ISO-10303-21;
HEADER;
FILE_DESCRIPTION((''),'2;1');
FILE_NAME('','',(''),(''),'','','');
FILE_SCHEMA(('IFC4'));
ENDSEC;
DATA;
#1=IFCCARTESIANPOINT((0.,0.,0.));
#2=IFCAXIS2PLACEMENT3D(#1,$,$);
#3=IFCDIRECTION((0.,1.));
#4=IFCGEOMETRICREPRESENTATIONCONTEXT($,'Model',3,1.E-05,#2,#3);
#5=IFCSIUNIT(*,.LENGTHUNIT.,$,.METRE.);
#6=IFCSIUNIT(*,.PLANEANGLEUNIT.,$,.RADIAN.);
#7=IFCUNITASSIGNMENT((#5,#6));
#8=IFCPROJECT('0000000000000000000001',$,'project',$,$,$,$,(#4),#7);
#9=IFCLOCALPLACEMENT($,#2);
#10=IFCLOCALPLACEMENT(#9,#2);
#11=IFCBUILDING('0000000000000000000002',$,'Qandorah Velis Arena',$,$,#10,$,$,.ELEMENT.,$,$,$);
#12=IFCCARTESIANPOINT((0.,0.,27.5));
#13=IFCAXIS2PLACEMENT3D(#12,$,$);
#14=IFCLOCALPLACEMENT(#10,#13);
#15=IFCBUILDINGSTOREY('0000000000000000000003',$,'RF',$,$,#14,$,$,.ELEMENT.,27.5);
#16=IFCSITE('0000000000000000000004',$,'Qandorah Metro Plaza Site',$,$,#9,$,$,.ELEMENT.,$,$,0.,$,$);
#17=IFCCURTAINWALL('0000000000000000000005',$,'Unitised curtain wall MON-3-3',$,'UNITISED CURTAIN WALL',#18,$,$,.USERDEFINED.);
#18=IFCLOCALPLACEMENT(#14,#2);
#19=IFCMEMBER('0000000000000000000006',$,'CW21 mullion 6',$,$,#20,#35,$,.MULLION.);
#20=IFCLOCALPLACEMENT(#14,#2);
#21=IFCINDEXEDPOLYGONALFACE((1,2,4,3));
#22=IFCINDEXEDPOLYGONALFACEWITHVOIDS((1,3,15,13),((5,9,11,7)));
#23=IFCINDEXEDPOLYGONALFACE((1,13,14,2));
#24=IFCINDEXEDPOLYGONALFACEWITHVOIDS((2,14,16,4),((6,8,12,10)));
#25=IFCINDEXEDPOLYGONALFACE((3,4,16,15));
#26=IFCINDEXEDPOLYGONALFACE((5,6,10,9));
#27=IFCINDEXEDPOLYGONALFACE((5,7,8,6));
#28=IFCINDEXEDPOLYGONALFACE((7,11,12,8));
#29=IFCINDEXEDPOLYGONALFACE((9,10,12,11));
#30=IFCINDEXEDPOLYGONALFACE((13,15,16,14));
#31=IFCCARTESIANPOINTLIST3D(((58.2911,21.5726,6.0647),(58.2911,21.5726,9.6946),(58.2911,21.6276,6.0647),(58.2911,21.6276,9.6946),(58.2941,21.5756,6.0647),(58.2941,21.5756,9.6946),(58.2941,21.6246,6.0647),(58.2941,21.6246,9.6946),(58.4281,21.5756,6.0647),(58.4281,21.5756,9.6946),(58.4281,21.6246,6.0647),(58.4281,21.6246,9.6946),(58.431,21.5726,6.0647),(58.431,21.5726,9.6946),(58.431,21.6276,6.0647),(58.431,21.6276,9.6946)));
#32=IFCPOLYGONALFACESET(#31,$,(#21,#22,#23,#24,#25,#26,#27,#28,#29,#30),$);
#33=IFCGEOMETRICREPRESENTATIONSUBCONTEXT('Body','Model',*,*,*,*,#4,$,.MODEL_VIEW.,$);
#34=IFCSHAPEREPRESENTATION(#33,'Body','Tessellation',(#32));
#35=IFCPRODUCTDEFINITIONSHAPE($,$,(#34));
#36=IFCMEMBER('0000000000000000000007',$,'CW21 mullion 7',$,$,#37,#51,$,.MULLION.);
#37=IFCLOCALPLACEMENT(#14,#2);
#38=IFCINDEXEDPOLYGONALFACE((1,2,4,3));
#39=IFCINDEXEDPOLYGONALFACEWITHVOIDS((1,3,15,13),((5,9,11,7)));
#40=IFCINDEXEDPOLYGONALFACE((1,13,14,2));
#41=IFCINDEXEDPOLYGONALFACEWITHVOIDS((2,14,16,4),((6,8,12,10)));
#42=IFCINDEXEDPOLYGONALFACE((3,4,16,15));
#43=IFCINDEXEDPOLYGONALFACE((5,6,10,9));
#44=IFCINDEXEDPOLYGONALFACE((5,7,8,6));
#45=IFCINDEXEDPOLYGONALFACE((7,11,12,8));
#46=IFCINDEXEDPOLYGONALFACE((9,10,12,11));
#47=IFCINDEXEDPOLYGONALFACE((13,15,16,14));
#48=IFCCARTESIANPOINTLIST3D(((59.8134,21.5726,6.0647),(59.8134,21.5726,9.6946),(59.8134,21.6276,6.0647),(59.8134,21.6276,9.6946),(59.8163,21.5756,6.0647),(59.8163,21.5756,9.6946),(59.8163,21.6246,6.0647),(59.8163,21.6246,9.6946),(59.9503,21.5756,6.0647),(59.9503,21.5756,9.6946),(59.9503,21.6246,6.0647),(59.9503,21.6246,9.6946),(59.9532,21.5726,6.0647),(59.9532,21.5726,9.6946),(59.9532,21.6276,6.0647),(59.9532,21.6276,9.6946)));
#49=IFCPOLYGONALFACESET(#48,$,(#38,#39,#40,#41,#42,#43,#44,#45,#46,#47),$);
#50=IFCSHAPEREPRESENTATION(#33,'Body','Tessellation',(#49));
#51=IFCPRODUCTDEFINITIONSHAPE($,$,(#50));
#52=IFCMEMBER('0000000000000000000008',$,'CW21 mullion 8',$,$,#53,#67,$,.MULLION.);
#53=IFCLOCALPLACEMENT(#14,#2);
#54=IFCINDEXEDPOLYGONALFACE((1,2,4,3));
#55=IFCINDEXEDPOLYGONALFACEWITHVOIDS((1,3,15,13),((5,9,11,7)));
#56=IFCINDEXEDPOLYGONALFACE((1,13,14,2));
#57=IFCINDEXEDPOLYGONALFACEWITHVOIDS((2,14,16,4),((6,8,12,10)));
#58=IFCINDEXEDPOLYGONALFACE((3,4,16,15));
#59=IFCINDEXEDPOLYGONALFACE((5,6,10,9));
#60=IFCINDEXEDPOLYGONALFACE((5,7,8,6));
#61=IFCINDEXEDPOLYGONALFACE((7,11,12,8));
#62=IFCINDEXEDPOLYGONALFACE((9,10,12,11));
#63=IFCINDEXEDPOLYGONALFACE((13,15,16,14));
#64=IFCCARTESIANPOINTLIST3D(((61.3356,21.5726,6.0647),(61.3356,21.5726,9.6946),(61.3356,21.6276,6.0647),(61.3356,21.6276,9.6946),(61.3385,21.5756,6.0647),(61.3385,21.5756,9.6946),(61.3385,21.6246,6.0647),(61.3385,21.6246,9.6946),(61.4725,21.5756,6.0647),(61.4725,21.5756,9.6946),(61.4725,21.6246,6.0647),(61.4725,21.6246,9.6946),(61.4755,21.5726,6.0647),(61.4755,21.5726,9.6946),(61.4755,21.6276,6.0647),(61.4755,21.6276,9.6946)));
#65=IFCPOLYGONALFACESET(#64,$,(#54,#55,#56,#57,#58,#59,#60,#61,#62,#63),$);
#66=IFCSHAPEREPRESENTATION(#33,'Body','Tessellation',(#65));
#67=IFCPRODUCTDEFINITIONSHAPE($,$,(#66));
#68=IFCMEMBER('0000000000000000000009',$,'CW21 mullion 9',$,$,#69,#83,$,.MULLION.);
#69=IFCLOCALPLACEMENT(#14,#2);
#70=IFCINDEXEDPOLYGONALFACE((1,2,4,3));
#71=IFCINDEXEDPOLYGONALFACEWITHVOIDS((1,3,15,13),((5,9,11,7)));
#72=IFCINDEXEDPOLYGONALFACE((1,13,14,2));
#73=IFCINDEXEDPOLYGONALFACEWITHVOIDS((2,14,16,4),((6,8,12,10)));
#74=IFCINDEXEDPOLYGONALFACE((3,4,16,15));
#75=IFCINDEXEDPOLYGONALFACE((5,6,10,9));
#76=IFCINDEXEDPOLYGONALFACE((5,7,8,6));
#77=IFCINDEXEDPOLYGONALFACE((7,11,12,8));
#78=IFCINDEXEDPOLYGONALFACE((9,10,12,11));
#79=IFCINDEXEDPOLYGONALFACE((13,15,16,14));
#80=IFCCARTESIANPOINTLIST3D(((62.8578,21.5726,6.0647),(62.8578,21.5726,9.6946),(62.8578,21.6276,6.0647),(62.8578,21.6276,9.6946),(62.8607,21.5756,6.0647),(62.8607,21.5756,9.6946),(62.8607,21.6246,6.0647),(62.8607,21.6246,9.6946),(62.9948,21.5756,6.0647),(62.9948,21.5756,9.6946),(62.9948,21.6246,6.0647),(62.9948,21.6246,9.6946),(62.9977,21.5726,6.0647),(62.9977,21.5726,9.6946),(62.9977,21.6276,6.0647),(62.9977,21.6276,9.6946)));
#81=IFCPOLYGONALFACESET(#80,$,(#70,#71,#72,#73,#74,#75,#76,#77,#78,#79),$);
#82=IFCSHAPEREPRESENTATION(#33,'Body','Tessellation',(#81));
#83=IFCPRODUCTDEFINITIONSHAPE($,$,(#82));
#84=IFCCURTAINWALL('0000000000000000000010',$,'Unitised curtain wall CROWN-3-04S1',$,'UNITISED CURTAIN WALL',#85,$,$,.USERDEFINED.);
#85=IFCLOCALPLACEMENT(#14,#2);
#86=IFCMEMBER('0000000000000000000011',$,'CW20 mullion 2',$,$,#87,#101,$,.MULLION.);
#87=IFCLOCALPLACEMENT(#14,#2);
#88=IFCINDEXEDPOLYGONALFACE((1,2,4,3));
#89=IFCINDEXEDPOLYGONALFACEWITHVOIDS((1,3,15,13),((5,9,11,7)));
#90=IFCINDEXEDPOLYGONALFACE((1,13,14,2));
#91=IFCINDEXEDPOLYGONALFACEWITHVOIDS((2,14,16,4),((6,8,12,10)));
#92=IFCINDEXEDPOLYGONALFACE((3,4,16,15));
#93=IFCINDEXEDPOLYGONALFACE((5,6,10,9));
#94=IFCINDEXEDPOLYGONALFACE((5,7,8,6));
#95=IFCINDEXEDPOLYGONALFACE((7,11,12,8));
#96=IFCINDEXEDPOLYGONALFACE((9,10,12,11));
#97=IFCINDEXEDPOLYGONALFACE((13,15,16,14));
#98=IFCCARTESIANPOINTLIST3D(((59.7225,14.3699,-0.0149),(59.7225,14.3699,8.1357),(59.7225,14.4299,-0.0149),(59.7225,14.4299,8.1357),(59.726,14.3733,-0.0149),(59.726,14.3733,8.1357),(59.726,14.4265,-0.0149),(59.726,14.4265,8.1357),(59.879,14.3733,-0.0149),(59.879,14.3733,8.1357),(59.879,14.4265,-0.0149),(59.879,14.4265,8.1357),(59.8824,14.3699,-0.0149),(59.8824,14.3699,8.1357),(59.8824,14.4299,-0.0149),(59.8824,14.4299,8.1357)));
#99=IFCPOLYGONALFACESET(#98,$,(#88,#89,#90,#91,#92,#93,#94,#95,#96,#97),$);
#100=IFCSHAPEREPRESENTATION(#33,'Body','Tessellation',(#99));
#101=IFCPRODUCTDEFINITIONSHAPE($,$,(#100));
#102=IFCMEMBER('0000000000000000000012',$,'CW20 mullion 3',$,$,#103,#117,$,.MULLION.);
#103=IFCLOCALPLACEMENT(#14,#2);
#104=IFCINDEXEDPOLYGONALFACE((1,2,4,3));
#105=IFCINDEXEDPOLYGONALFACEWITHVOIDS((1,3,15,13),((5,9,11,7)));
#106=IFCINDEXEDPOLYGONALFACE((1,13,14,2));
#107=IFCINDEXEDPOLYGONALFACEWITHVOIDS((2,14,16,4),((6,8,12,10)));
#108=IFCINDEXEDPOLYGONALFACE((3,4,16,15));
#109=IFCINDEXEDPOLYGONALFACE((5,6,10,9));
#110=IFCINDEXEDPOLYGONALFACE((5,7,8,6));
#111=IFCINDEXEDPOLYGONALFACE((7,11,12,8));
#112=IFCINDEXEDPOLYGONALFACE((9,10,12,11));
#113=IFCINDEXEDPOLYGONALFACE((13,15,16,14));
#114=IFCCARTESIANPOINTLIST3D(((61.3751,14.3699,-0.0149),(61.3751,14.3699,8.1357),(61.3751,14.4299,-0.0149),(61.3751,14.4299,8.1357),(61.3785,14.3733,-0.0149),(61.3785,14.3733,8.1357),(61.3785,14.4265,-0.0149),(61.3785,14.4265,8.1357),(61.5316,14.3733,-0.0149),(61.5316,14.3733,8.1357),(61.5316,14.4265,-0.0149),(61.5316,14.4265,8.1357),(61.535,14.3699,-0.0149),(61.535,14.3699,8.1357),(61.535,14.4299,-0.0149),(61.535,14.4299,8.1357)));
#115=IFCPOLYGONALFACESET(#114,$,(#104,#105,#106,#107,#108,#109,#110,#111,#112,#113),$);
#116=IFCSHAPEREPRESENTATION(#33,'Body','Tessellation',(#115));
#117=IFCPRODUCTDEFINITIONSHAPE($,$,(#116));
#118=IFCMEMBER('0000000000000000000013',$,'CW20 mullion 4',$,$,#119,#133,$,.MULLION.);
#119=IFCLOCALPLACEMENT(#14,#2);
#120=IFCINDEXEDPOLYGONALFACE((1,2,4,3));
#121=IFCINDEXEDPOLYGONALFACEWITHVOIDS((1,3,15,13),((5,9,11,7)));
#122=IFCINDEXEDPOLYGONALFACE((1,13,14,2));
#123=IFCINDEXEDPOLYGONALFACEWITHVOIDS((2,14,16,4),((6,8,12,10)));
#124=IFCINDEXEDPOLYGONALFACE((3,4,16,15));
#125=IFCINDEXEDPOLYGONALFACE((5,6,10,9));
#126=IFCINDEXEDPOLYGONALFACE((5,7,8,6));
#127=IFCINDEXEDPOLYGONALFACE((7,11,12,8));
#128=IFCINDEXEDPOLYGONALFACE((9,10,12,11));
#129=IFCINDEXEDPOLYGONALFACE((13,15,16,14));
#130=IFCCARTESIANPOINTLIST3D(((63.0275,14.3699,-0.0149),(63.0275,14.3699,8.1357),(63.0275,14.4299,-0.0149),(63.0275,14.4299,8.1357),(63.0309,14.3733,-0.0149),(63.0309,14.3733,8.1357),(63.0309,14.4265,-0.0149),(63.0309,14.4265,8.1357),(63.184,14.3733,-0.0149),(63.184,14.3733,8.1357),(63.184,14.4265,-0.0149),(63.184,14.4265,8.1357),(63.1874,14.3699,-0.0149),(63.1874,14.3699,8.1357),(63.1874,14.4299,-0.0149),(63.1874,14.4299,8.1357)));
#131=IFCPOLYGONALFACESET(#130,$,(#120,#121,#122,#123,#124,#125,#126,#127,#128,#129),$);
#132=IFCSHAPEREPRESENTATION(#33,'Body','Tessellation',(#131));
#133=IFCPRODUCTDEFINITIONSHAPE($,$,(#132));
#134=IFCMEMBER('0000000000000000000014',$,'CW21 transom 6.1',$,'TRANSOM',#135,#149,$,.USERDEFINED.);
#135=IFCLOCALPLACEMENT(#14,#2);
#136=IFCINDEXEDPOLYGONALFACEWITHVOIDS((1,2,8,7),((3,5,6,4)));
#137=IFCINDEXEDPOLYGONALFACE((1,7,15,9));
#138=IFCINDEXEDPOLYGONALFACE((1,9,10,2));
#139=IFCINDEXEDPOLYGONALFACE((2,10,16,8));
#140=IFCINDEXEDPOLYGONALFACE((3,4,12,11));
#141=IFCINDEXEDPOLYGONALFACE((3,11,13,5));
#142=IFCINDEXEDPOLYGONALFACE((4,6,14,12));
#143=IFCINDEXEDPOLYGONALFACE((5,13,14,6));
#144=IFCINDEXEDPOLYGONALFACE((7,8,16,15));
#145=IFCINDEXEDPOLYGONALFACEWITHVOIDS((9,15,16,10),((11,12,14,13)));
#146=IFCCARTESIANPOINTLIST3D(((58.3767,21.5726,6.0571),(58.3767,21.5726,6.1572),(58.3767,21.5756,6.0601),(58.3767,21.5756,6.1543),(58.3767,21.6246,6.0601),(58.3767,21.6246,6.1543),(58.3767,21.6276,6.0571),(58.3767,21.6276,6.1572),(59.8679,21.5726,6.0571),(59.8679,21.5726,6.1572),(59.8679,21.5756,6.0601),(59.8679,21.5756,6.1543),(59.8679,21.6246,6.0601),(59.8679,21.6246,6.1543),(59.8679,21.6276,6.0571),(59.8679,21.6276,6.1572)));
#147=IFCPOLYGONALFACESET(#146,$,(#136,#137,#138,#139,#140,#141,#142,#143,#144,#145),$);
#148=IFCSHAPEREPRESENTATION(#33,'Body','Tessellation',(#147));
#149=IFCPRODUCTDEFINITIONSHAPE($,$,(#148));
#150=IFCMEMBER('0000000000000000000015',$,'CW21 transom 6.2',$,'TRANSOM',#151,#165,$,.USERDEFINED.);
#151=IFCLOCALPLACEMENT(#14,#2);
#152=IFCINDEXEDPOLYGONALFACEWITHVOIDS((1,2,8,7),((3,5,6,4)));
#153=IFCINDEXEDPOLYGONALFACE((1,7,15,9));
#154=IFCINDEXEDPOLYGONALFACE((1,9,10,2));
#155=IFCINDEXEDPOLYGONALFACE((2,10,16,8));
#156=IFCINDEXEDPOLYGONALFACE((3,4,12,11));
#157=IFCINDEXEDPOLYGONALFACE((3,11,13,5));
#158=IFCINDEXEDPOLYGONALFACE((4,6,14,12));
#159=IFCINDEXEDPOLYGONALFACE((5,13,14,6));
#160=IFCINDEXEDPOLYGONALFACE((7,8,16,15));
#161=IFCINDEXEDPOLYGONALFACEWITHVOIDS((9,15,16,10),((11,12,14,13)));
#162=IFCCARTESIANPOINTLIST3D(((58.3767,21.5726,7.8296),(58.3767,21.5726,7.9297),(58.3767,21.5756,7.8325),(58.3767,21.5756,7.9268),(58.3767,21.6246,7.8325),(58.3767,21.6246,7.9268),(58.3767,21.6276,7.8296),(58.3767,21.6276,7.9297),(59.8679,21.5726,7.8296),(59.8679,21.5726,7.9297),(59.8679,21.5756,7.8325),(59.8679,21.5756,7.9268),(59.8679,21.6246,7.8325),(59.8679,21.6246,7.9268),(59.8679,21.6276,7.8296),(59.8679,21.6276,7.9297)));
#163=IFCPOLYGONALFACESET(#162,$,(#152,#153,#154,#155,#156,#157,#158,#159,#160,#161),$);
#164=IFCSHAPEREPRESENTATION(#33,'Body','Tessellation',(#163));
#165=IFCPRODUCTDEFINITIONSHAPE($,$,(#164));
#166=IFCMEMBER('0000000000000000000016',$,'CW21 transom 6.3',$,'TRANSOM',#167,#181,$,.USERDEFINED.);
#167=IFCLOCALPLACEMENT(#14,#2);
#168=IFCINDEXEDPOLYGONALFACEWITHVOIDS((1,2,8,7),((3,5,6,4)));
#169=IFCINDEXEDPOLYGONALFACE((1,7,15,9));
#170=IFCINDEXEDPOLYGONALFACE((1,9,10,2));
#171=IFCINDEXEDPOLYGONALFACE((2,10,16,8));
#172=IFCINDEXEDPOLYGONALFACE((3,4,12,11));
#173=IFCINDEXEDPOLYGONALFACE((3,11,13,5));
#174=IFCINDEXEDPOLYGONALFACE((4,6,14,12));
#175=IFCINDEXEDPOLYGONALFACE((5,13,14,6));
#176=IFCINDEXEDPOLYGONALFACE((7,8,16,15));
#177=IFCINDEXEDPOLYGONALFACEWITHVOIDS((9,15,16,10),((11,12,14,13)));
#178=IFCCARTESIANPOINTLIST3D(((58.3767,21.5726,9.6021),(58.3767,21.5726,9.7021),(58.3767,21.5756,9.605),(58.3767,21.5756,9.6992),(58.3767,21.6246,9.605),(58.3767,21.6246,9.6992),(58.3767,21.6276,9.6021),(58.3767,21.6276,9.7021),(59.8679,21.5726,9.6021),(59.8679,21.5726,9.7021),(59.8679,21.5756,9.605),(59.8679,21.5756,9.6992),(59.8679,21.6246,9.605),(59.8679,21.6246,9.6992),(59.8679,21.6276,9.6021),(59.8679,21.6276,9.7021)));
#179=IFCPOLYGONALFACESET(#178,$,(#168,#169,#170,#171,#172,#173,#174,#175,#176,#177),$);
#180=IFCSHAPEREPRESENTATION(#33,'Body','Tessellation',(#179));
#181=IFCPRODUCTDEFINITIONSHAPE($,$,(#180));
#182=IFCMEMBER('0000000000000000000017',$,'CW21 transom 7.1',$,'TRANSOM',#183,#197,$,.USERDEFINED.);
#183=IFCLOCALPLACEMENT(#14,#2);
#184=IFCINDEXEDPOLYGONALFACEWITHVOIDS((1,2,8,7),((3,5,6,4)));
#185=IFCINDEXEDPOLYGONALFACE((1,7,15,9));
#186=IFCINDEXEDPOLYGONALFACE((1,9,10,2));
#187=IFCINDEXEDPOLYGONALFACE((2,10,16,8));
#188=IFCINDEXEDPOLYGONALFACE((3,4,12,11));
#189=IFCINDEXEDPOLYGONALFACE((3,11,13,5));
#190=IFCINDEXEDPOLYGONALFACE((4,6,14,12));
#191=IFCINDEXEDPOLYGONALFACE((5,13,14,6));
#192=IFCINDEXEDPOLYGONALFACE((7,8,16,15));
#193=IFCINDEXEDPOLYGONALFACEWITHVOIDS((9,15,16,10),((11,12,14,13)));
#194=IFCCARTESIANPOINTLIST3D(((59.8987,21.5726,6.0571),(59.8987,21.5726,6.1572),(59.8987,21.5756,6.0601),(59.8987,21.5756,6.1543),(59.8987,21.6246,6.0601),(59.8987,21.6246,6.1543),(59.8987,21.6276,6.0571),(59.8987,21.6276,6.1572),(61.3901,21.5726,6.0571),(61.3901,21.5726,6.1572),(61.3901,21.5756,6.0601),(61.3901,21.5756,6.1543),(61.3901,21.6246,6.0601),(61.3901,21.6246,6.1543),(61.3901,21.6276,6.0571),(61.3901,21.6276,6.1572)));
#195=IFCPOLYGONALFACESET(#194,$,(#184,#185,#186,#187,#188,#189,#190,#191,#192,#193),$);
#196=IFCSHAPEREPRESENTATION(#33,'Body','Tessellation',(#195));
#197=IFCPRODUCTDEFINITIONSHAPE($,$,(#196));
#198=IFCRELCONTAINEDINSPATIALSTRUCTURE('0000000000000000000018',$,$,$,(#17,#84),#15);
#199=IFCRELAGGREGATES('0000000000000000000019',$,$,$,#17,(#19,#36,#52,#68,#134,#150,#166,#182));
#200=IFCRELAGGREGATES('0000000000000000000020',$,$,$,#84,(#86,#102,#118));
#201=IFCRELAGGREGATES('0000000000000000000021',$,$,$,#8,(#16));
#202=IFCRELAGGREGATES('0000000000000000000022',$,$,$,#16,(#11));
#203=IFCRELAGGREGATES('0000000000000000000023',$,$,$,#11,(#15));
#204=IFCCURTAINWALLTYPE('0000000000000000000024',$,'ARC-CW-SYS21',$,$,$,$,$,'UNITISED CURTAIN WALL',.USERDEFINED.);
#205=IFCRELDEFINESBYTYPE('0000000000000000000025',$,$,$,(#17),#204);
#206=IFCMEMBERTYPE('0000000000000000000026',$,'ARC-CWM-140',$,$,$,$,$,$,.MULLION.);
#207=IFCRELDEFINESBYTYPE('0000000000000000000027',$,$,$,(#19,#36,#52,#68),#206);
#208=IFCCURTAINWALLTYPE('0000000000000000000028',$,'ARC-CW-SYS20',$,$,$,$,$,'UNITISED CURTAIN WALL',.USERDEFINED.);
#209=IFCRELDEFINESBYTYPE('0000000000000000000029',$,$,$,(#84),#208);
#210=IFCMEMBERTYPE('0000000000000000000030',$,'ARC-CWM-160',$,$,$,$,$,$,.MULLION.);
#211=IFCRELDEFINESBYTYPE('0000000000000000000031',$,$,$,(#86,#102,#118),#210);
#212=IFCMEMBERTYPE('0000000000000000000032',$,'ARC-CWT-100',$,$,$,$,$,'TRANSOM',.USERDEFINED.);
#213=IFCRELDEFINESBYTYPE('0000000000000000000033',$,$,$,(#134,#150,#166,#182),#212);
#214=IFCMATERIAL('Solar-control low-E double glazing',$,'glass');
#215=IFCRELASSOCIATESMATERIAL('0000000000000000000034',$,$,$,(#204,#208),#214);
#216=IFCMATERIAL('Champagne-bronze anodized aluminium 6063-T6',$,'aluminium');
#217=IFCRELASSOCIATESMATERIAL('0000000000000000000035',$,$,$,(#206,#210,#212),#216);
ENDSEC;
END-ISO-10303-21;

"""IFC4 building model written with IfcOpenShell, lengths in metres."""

from ifc_helpers import new_model, si_unit, direction, frame, origin, origin_2d, place, context, subcontext, project, spatial, hollow_rectangle, extrude, material, material_profile, profile_set, type_object, element, aggregate, save


model = new_model("IFC4")

# Units and contexts
model_context = context("Model", 3, precision=1e-05, world=origin(), true_north=direction((0.0, 1.0)))
body_context = subcontext(model_context, "Body", "Model", "MODEL_VIEW")
ifc_project = project(units=[si_unit("LENGTHUNIT", "METRE"), si_unit("PLANEANGLEUNIT", "RADIAN")], contexts=[model_context])

# Site, building, storey
site_placement = place(None, origin())
site = spatial("IfcSite", under=ifc_project, at=site_placement, Name="Qandorah Metro Plaza Site", CompositionType="ELEMENT", RefElevation=0.0)
building_placement = place(site_placement, origin())
building = spatial("IfcBuilding", under=site, at=building_placement, Name="Qandorah Velis Arena", CompositionType="ELEMENT")
storey_placement = place(building_placement, frame((0.0, 0.0, 27.5)))
storey = spatial("IfcBuildingStorey", under=building, at=storey_placement, Name="RF", CompositionType="ELEMENT", Elevation=27.5)

# Curtain walls, members
ifc_material_1 = material(Name="Solar-control low-E double glazing", Category="glass")
curtain_wall_type_1 = type_object("IfcCurtainWallType", Name="ARC-CW-SYS21", ElementType="UNITISED CURTAIN WALL", PredefinedType="USERDEFINED", material=ifc_material_1)
curtain_wall_1_placement = place(storey_placement, origin())
curtain_wall_1 = element("IfcCurtainWall", 1, at=curtain_wall_1_placement, inside=storey, type_object=curtain_wall_type_1, Name="Unitised curtain wall MON-3-3", ObjectType="UNITISED CURTAIN WALL", PredefinedType="USERDEFINED")
ifc_material_2 = material(Name="Champagne-bronze anodized aluminium 6063-T6", Category="aluminium")
ifc_material_profile_1 = material_profile(ifc_material_2, hollow_rectangle(XDim=0.0549, YDim=0.1399, WallThickness=0.0029, at=origin_2d()), Name="ALU MULLION 55x140")
ifc_profile_set_1 = profile_set([ifc_material_profile_1], Name="Champagne-bronze anodized aluminium 6063-T6")
member_type_1 = type_object("IfcMemberType", Name="ARC-CWM-140", PredefinedType="MULLION", material=ifc_profile_set_1)
member_1_placement = place(storey_placement, frame((58.3611, 21.6001, 6.0647), z_axis=(0.0, 0.0, 1.0), x_axis=(0.0, 1.0, 0.0)))
member_1 = element("IfcMember", 2, at=member_1_placement, type_object=member_type_1, Name="CW21 mullion 6", PredefinedType="MULLION", context=body_context, shape_type="SweptSolid", body=[
    extrude(hollow_rectangle(XDim=0.0549, YDim=0.1399, WallThickness=0.0029, at=origin_2d()), origin(), (0.0, 0.0, 1.0), 3.6299),
])
member_2_placement = place(storey_placement, frame((59.8833, 21.6001, 6.0647), z_axis=(0.0, 0.0, 1.0), x_axis=(0.0, 1.0, 0.0)))
member_2 = element("IfcMember", 3, at=member_2_placement, type_object=member_type_1, Name="CW21 mullion 7", PredefinedType="MULLION", context=body_context, shape_type="SweptSolid", body=[
    extrude(hollow_rectangle(XDim=0.0549, YDim=0.1399, WallThickness=0.0029, at=origin_2d()), origin(), (0.0, 0.0, 1.0), 3.6299),
])
member_3_placement = place(storey_placement, frame((61.4055, 21.6001, 6.0647), z_axis=(0.0, 0.0, 1.0), x_axis=(0.0, 1.0, 0.0)))
member_3 = element("IfcMember", 4, at=member_3_placement, type_object=member_type_1, Name="CW21 mullion 8", PredefinedType="MULLION", context=body_context, shape_type="SweptSolid", body=[
    extrude(hollow_rectangle(XDim=0.0549, YDim=0.1399, WallThickness=0.0029, at=origin_2d()), origin(), (0.0, 0.0, 1.0), 3.6299),
])
member_4_placement = place(storey_placement, frame((62.9277, 21.6001, 6.0647), z_axis=(0.0, 0.0, 1.0), x_axis=(0.0, 1.0, 0.0)))
member_4 = element("IfcMember", 5, at=member_4_placement, type_object=member_type_1, Name="CW21 mullion 9", PredefinedType="MULLION", context=body_context, shape_type="SweptSolid", body=[
    extrude(hollow_rectangle(XDim=0.0549, YDim=0.1399, WallThickness=0.0029, at=origin_2d()), origin(), (0.0, 0.0, 1.0), 3.6299),
])
curtain_wall_type_2 = type_object("IfcCurtainWallType", Name="ARC-CW-SYS20", ElementType="UNITISED CURTAIN WALL", PredefinedType="USERDEFINED", material=ifc_material_1)
curtain_wall_2_placement = place(storey_placement, origin())
curtain_wall_2 = element("IfcCurtainWall", 6, at=curtain_wall_2_placement, inside=storey, type_object=curtain_wall_type_2, Name="Unitised curtain wall CROWN-3-04S1", ObjectType="UNITISED CURTAIN WALL", PredefinedType="USERDEFINED")
ifc_material_profile_2 = material_profile(ifc_material_2, hollow_rectangle(XDim=0.0601, YDim=0.1599, WallThickness=0.0034, at=origin_2d()), Name="ALU MULLION 60x160")
ifc_profile_set_2 = profile_set([ifc_material_profile_2], Name="Champagne-bronze anodized aluminium 6063-T6")
member_type_2 = type_object("IfcMemberType", Name="ARC-CWM-160", PredefinedType="MULLION", material=ifc_profile_set_2)
member_5_placement = place(storey_placement, frame((59.8025, 14.3999, -0.0149), z_axis=(0.0, 0.0, 1.0), x_axis=(0.0, 1.0, 0.0)))
member_5 = element("IfcMember", 7, at=member_5_placement, type_object=member_type_2, Name="CW20 mullion 2", PredefinedType="MULLION", context=body_context, shape_type="SweptSolid", body=[
    extrude(hollow_rectangle(XDim=0.0601, YDim=0.1599, WallThickness=0.0034, at=origin_2d()), origin(), (0.0, 0.0, 1.0), 8.1506),
])
member_6_placement = place(storey_placement, frame((61.4551, 14.3999, -0.0149), z_axis=(0.0, 0.0, 1.0), x_axis=(0.0, 1.0, 0.0)))
member_6 = element("IfcMember", 8, at=member_6_placement, type_object=member_type_2, Name="CW20 mullion 3", PredefinedType="MULLION", context=body_context, shape_type="SweptSolid", body=[
    extrude(hollow_rectangle(XDim=0.0601, YDim=0.1599, WallThickness=0.0034, at=origin_2d()), origin(), (0.0, 0.0, 1.0), 8.1506),
])
member_7_placement = place(storey_placement, frame((63.1074, 14.3999, -0.0149), z_axis=(0.0, 0.0, 1.0), x_axis=(0.0, 1.0, 0.0)))
member_7 = element("IfcMember", 9, at=member_7_placement, type_object=member_type_2, Name="CW20 mullion 4", PredefinedType="MULLION", context=body_context, shape_type="SweptSolid", body=[
    extrude(hollow_rectangle(XDim=0.0601, YDim=0.1599, WallThickness=0.0034, at=origin_2d()), origin(), (0.0, 0.0, 1.0), 8.1506),
])

# Members
ifc_material_profile_3 = material_profile(ifc_material_2, hollow_rectangle(XDim=0.0549, YDim=0.1001, WallThickness=0.0029, at=origin_2d()), Name="ALU TRANSOM 55x100")
ifc_profile_set_3 = profile_set([ifc_material_profile_3], Name="Champagne-bronze anodized aluminium 6063-T6")
member_type_3 = type_object("IfcMemberType", Name="ARC-CWT-100", ElementType="TRANSOM", PredefinedType="USERDEFINED", material=ifc_profile_set_3)
member_8_placement = place(storey_placement, frame((58.3767, 21.6001, 6.1072), z_axis=(1.0, 0.0, 0.0), x_axis=(0.0, 1.0, 0.0)))
member_8 = element("IfcMember", 10, at=member_8_placement, type_object=member_type_3, Name="CW21 transom 6.1", ObjectType="TRANSOM", PredefinedType="USERDEFINED", context=body_context, shape_type="SweptSolid", body=[
    extrude(hollow_rectangle(XDim=0.0549, YDim=0.1001, WallThickness=0.0029, at=origin_2d()), origin(), (0.0, 0.0, 1.0), 1.4912),
])
member_9_placement = place(storey_placement, frame((58.3767, 21.6001, 7.8796), z_axis=(1.0, 0.0, 0.0), x_axis=(0.0, 1.0, 0.0)))
member_9 = element("IfcMember", 11, at=member_9_placement, type_object=member_type_3, Name="CW21 transom 6.2", ObjectType="TRANSOM", PredefinedType="USERDEFINED", context=body_context, shape_type="SweptSolid", body=[
    extrude(hollow_rectangle(XDim=0.0549, YDim=0.1001, WallThickness=0.0029, at=origin_2d()), origin(), (0.0, 0.0, 1.0), 1.4912),
])
member_10_placement = place(storey_placement, frame((58.3767, 21.6001, 9.6521), z_axis=(1.0, 0.0, 0.0), x_axis=(0.0, 1.0, 0.0)))
member_10 = element("IfcMember", 12, at=member_10_placement, type_object=member_type_3, Name="CW21 transom 6.3", ObjectType="TRANSOM", PredefinedType="USERDEFINED", context=body_context, shape_type="SweptSolid", body=[
    extrude(hollow_rectangle(XDim=0.0549, YDim=0.1001, WallThickness=0.0029, at=origin_2d()), origin(), (0.0, 0.0, 1.0), 1.4912),
])
member_11_placement = place(storey_placement, frame((59.8987, 21.6001, 6.1072), z_axis=(1.0, 0.0, 0.0), x_axis=(0.0, 1.0, 0.0)))
member_11 = element("IfcMember", 13, at=member_11_placement, type_object=member_type_3, Name="CW21 transom 7.1", ObjectType="TRANSOM", PredefinedType="USERDEFINED", context=body_context, shape_type="SweptSolid", body=[
    extrude(hollow_rectangle(XDim=0.0549, YDim=0.1001, WallThickness=0.0029, at=origin_2d()), origin(), (0.0, 0.0, 1.0), 1.4915),
])

aggregate(curtain_wall_1, [member_1, member_2, member_3, member_4, member_8, member_9, member_10, member_11])
aggregate(curtain_wall_2, [member_5, member_6, member_7])

save(model, "model.ifc")
